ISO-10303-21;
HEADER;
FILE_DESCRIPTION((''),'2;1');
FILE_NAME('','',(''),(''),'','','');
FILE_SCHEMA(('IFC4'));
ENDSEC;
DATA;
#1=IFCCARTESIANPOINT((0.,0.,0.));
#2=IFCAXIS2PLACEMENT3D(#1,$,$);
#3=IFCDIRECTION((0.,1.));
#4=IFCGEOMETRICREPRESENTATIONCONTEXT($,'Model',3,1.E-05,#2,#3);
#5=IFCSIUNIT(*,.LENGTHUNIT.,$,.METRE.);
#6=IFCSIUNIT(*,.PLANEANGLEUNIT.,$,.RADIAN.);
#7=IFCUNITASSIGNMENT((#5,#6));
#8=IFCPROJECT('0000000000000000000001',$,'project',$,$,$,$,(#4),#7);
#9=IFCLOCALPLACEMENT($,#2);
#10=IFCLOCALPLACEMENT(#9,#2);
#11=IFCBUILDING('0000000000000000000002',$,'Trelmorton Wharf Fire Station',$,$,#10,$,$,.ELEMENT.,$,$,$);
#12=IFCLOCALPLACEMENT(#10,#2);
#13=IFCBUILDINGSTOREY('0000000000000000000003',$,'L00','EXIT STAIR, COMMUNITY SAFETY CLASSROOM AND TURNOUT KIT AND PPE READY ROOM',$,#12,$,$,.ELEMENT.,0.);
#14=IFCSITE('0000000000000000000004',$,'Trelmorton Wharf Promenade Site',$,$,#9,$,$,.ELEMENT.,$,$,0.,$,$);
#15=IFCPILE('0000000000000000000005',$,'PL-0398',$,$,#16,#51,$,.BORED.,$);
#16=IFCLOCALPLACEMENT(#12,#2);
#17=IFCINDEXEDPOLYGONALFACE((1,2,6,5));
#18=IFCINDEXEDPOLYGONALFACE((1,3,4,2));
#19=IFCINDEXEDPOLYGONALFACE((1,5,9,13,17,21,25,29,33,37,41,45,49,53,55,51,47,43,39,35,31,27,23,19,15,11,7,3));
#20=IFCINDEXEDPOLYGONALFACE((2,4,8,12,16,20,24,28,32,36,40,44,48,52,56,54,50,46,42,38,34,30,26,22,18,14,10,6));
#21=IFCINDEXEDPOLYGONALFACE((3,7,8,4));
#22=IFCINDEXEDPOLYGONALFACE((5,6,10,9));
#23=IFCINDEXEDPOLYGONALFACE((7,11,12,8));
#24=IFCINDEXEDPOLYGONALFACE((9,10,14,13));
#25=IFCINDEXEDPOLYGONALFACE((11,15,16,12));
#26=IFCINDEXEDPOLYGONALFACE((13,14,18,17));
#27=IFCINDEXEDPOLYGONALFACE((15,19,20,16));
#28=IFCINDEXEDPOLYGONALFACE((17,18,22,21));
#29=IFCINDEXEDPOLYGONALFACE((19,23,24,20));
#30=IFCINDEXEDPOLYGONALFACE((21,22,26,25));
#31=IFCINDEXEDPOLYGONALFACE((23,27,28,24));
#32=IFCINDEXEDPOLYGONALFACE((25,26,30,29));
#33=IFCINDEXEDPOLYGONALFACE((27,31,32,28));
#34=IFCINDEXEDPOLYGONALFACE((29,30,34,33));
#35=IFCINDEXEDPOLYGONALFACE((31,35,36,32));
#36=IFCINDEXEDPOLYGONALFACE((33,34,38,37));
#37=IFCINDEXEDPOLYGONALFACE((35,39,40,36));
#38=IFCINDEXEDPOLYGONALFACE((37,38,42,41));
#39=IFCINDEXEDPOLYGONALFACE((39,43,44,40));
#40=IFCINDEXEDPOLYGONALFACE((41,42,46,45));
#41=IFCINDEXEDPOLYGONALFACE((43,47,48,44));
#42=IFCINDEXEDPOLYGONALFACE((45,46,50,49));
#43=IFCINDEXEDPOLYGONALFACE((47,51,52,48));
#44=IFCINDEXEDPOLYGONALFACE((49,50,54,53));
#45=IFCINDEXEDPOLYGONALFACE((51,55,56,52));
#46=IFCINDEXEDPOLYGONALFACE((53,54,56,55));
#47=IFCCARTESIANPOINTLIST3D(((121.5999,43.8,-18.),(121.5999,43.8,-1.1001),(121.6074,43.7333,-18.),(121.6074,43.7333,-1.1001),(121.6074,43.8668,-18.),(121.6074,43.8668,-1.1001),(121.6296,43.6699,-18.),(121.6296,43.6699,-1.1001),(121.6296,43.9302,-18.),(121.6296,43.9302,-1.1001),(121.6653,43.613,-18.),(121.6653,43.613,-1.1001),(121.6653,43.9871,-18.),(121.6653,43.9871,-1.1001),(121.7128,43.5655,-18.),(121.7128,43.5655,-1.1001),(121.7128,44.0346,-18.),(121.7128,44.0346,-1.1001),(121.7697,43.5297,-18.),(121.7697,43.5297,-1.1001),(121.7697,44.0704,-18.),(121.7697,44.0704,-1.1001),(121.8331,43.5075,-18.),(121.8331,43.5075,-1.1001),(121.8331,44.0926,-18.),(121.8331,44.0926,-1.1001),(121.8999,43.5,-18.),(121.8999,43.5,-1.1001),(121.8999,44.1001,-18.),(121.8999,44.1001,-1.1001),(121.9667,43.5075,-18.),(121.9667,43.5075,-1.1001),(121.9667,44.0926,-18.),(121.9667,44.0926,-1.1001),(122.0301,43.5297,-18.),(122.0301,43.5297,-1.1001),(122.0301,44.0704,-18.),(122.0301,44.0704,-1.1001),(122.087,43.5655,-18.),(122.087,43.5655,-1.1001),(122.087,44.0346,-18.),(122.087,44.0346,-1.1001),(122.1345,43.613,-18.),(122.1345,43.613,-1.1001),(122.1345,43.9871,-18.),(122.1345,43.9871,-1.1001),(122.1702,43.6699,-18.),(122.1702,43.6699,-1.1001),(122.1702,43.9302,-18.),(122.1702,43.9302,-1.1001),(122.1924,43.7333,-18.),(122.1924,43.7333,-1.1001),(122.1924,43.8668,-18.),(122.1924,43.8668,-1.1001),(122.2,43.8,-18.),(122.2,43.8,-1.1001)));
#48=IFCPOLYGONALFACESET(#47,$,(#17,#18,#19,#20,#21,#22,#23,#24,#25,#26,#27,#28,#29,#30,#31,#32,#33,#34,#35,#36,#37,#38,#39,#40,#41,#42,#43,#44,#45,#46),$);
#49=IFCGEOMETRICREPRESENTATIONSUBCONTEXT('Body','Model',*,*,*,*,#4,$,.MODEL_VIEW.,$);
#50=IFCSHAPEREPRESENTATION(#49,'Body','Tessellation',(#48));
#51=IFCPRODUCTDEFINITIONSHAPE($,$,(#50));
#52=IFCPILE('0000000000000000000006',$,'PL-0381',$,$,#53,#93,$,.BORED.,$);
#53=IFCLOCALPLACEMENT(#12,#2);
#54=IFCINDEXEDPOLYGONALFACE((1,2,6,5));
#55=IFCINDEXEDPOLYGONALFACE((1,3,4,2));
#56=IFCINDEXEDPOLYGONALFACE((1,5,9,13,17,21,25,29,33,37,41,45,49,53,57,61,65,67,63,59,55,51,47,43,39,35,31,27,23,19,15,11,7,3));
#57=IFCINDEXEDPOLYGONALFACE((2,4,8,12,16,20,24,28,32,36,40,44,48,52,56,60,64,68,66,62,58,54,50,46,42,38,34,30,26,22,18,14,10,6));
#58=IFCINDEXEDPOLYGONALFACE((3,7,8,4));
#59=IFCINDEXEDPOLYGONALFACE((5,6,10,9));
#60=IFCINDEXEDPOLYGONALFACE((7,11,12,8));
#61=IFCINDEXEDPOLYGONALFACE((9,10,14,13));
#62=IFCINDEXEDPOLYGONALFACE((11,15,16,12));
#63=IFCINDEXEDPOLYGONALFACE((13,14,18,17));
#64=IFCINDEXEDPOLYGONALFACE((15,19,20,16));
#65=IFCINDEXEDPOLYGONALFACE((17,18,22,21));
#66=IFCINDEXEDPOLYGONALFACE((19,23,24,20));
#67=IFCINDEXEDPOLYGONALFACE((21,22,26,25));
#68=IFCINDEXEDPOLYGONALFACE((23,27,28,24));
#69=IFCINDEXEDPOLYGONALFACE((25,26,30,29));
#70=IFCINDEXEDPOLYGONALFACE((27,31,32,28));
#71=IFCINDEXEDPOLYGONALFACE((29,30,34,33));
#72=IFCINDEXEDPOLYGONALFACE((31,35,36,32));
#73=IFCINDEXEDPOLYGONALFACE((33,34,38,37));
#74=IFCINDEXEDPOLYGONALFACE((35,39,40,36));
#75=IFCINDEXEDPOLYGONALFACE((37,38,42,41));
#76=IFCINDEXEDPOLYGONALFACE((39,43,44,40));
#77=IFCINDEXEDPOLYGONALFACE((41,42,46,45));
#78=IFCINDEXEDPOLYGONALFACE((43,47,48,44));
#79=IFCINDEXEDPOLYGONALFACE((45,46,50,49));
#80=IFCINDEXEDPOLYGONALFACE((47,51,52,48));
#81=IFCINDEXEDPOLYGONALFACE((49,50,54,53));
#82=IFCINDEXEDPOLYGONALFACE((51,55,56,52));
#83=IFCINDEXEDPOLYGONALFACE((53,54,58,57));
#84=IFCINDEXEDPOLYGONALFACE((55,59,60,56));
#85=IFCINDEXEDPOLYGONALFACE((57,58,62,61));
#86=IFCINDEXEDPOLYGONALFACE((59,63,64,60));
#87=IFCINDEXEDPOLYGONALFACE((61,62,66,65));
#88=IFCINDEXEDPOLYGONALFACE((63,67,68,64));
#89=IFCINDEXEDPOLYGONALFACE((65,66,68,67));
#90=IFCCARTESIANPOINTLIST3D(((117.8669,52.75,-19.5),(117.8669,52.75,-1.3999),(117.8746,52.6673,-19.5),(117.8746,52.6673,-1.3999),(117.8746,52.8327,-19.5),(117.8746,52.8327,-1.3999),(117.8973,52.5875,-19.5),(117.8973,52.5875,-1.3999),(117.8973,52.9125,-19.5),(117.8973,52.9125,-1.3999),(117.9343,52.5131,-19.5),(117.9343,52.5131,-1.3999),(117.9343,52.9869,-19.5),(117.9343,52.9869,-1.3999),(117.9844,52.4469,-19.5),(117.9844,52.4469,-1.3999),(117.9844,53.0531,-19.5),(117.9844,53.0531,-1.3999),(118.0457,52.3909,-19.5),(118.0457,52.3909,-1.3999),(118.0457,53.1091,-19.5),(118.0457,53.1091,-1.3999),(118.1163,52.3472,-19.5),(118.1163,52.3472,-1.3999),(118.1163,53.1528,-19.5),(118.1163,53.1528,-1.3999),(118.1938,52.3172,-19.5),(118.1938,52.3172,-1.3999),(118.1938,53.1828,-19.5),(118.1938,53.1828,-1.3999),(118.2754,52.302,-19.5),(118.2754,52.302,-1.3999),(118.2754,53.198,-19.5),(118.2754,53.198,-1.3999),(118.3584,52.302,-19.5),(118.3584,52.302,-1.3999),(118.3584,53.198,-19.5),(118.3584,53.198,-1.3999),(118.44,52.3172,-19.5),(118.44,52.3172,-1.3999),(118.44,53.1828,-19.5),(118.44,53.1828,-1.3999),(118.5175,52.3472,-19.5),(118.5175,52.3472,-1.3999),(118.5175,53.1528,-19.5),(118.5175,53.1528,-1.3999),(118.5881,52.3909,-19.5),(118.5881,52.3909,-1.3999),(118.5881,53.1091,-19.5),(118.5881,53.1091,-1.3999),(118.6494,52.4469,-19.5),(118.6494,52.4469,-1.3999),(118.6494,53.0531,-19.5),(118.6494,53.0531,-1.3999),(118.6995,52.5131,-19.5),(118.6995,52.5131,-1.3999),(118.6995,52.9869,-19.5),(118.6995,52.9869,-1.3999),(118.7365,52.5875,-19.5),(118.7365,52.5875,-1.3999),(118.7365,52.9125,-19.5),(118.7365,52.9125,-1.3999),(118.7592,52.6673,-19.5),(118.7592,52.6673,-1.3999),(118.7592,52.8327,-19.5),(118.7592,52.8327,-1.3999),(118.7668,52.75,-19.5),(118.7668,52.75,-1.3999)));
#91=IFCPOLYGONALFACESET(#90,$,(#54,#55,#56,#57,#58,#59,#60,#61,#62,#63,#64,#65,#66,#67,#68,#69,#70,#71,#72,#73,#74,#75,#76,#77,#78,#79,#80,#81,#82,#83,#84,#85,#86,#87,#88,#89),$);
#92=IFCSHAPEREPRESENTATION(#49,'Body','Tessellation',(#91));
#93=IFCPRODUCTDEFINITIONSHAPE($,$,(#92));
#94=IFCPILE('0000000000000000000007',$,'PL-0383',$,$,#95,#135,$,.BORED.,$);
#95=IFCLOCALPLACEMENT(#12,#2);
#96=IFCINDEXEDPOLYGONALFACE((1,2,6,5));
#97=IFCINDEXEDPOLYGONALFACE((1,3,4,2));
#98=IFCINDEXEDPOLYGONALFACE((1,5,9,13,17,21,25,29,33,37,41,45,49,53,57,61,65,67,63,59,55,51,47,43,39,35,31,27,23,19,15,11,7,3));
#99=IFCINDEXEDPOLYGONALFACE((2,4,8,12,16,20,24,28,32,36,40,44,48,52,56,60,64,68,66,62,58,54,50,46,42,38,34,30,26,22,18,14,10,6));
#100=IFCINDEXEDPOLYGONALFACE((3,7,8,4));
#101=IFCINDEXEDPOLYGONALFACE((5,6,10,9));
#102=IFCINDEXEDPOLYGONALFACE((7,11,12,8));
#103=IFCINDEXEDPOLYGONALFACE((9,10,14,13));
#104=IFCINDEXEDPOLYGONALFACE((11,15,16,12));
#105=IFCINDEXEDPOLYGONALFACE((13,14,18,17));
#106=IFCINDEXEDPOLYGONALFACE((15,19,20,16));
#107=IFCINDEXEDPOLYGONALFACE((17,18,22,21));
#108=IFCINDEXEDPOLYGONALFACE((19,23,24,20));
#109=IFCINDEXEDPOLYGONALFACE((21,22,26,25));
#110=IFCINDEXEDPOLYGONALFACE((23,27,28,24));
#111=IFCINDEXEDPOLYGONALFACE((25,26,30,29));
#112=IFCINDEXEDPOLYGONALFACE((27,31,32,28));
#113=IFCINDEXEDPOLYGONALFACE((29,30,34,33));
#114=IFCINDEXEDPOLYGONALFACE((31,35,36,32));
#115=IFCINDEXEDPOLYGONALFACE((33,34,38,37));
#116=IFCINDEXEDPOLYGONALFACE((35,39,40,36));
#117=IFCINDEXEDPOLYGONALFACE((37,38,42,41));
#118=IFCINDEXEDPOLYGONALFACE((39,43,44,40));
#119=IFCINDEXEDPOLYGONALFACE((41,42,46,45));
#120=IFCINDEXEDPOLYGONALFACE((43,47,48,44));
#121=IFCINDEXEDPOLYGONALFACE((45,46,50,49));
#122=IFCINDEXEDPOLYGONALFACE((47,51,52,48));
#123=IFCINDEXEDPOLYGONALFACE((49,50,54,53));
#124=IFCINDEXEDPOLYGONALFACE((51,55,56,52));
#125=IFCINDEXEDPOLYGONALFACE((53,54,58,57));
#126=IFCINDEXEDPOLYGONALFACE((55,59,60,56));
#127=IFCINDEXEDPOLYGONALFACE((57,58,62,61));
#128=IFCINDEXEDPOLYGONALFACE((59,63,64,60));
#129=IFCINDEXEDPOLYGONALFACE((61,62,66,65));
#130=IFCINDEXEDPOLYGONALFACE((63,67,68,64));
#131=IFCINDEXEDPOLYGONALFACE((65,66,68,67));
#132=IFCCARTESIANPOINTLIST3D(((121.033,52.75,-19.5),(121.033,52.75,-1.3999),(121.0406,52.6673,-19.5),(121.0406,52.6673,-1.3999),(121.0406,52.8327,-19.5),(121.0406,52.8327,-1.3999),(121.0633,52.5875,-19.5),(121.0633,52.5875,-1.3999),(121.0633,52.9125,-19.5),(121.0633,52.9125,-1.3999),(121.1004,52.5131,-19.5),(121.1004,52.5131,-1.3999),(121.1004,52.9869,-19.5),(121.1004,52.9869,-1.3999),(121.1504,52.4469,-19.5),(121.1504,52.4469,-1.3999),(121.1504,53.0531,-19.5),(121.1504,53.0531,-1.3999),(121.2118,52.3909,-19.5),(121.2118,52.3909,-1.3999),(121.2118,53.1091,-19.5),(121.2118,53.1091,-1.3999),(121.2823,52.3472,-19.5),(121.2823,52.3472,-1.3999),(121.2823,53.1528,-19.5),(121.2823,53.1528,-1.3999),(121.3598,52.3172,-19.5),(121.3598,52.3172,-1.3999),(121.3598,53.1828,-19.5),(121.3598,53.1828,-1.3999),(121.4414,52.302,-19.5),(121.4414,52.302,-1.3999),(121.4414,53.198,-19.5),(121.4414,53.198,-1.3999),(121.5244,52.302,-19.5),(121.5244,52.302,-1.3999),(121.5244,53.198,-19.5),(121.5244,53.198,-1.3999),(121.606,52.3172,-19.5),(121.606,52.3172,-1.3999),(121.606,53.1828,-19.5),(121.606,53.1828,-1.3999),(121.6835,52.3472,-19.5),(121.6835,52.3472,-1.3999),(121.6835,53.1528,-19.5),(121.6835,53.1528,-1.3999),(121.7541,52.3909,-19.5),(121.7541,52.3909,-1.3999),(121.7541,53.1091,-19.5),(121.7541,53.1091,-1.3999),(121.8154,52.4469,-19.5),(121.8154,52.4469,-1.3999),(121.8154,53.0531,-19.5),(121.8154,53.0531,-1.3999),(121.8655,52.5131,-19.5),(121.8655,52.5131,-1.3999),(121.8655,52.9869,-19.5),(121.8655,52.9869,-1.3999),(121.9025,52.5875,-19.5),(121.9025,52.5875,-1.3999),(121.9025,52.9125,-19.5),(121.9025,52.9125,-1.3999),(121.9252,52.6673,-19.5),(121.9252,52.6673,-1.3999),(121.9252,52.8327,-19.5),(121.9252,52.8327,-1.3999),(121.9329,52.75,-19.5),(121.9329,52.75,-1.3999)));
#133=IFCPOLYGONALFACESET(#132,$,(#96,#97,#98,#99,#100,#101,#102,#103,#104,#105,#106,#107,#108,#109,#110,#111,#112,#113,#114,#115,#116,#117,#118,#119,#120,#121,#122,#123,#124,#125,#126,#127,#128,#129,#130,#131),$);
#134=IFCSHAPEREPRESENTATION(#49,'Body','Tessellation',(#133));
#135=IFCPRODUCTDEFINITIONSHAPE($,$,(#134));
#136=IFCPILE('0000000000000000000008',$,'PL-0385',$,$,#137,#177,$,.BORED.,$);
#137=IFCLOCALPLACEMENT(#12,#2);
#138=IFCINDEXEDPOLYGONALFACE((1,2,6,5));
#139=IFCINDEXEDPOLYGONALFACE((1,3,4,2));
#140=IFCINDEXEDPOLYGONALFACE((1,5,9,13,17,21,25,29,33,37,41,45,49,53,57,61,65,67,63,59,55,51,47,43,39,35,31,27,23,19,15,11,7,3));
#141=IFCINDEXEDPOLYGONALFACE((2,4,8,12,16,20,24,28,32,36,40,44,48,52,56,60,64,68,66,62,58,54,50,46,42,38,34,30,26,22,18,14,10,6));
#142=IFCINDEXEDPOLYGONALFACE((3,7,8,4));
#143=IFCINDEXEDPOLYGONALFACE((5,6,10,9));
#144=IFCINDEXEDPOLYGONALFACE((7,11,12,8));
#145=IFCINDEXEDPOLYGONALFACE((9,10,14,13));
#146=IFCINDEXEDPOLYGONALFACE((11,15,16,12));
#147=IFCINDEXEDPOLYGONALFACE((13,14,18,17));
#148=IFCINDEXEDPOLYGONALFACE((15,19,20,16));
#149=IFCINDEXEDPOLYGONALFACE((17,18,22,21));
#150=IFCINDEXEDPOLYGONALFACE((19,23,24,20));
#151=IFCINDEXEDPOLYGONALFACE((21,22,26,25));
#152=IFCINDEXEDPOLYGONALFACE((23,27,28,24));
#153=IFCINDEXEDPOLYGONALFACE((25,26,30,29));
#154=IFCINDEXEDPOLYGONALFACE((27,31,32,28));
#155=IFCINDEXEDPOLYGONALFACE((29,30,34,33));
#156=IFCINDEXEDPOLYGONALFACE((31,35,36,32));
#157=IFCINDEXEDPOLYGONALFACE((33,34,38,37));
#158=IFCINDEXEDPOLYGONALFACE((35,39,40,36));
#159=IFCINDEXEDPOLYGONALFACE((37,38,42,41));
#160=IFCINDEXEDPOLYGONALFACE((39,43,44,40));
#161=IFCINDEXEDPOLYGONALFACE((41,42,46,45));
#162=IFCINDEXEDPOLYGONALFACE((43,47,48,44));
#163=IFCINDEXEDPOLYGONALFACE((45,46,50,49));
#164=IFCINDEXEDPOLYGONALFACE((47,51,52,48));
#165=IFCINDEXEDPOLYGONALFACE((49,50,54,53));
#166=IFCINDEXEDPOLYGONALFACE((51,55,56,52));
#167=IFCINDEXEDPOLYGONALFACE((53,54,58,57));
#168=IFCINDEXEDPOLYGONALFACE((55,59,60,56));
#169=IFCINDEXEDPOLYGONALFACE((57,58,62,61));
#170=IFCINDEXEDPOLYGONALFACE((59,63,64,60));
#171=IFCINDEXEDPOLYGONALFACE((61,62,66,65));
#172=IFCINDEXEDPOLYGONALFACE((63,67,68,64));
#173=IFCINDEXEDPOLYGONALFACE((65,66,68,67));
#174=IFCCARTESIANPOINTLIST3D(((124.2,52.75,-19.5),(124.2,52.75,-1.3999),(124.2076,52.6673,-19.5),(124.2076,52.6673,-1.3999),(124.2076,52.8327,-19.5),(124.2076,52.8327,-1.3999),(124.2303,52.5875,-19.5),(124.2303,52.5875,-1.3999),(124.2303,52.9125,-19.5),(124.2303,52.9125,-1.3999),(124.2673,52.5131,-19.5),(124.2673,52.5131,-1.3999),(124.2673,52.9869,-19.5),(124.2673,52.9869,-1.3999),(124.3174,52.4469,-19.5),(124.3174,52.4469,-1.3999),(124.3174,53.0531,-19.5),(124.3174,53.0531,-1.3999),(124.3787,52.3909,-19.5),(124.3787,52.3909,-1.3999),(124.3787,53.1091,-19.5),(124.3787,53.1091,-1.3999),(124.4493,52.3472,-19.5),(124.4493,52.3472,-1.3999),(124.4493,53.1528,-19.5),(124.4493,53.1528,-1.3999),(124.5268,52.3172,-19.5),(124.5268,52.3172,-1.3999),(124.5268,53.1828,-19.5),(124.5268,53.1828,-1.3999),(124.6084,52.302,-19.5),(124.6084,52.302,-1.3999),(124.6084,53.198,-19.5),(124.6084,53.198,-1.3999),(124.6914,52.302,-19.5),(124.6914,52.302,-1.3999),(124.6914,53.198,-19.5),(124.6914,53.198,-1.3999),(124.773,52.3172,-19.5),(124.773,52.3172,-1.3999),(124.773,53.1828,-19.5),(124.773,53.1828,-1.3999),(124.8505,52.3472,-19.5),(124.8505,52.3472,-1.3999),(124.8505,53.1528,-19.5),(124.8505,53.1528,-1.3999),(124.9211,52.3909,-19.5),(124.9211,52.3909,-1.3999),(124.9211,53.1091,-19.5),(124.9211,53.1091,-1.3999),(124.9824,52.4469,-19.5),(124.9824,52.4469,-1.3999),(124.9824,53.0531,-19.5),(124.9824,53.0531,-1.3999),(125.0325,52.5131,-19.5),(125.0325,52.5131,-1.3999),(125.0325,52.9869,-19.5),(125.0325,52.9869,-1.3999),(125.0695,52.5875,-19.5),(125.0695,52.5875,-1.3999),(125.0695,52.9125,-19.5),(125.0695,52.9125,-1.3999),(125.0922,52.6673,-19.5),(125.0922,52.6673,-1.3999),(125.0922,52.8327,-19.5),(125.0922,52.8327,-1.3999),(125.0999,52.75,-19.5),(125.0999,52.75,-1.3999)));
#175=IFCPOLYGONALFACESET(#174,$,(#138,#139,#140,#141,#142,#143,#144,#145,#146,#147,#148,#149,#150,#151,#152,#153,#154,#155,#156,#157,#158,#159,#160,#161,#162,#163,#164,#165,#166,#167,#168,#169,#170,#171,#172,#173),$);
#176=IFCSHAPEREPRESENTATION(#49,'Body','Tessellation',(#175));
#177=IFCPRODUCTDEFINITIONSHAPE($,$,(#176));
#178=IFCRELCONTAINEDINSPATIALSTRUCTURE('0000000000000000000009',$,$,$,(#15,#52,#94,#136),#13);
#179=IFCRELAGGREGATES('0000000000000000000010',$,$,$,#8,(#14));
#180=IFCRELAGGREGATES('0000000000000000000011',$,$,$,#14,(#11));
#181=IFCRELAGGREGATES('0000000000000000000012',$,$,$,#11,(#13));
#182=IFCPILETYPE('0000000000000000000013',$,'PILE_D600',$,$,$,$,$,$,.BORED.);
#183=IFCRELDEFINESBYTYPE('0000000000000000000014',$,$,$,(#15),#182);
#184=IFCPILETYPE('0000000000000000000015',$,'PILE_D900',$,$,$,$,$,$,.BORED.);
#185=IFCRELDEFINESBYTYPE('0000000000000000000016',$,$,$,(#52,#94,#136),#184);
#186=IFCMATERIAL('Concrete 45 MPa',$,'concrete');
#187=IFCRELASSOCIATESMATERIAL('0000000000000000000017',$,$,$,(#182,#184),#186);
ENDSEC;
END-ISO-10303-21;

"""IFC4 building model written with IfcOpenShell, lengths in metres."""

from ifc_helpers import new_model, si_unit, direction, frame, origin, origin_2d, place, context, subcontext, project, spatial, circle, extrude, material, material_profile, profile_set, type_object, element, save


model = new_model("IFC4")

# Units and contexts
model_context = context("Model", 3, precision=1e-05, world=origin(), true_north=direction((0.0, 1.0)))
body_context = subcontext(model_context, "Body", "Model", "MODEL_VIEW")
ifc_project = project(units=[si_unit("LENGTHUNIT", "METRE"), si_unit("PLANEANGLEUNIT", "RADIAN")], contexts=[model_context])

# Site, building, storey
site_placement = place(None, origin())
site = spatial("IfcSite", under=ifc_project, at=site_placement, Name="Trelmorton Wharf Promenade Site", CompositionType="ELEMENT", RefElevation=0.0)
building_placement = place(site_placement, origin())
building = spatial("IfcBuilding", under=site, at=building_placement, Name="Trelmorton Wharf Fire Station", CompositionType="ELEMENT")
storey_placement = place(building_placement, origin())
storey = spatial("IfcBuildingStorey", under=building, at=storey_placement, Name="L00", Description="EXIT STAIR, COMMUNITY SAFETY CLASSROOM AND TURNOUT KIT AND PPE READY ROOM", CompositionType="ELEMENT", Elevation=0.0)

# Piles
ifc_material_1 = material(Name="Concrete 45 MPa", Category="concrete")
ifc_material_profile_1 = material_profile(ifc_material_1, circle(Radius=0.3, at=origin_2d()), Name="PILE-D600")
ifc_profile_set_1 = profile_set([ifc_material_profile_1], Name="Concrete 45 MPa")
pile_type_1 = type_object("IfcPileType", Name="PILE_D600", PredefinedType="BORED", material=ifc_profile_set_1)
for number, where, z_axis, x_axis, name in (
    (1, (121.8999, 43.8, -1.1001), (0.0, 0.0, -1.0), (1.0, 0.0, 0.0), "PL-0398"),
):
    element("IfcPile", number, at=place(storey_placement, frame(where, z_axis=z_axis, x_axis=x_axis)), inside=storey, type_object=pile_type_1, Name=name, PredefinedType="BORED", context=body_context, shape_type="SweptSolid", body=[
        extrude(circle(Radius=0.3, at=origin_2d()), origin(), (0.0, 0.0, 1.0), 16.8999),
    ])
ifc_material_profile_2 = material_profile(ifc_material_1, circle(Radius=0.45, at=origin_2d()), Name="PILE-D900")
ifc_profile_set_2 = profile_set([ifc_material_profile_2], Name="Concrete 45 MPa")
pile_type_2 = type_object("IfcPileType", Name="PILE_D900", PredefinedType="BORED", material=ifc_profile_set_2)
for number, where, z_axis, x_axis, name in (
    (2, (118.3169, 52.75, -1.3999), (0.0, 0.0, -1.0), (1.0, 0.0, 0.0), "PL-0381"),
    (3, (121.4829, 52.75, -1.3999), (0.0, 0.0, -1.0), (1.0, 0.0, 0.0), "PL-0383"),
    (4, (124.6499, 52.75, -1.3999), (0.0, 0.0, -1.0), (1.0, 0.0, 0.0), "PL-0385"),
):
    element("IfcPile", number, at=place(storey_placement, frame(where, z_axis=z_axis, x_axis=x_axis)), inside=storey, type_object=pile_type_2, Name=name, PredefinedType="BORED", context=body_context, shape_type="SweptSolid", body=[
        extrude(circle(Radius=0.45, at=origin_2d()), origin(), (0.0, 0.0, 1.0), 18.1001),
    ])

save(model, "model.ifc")
